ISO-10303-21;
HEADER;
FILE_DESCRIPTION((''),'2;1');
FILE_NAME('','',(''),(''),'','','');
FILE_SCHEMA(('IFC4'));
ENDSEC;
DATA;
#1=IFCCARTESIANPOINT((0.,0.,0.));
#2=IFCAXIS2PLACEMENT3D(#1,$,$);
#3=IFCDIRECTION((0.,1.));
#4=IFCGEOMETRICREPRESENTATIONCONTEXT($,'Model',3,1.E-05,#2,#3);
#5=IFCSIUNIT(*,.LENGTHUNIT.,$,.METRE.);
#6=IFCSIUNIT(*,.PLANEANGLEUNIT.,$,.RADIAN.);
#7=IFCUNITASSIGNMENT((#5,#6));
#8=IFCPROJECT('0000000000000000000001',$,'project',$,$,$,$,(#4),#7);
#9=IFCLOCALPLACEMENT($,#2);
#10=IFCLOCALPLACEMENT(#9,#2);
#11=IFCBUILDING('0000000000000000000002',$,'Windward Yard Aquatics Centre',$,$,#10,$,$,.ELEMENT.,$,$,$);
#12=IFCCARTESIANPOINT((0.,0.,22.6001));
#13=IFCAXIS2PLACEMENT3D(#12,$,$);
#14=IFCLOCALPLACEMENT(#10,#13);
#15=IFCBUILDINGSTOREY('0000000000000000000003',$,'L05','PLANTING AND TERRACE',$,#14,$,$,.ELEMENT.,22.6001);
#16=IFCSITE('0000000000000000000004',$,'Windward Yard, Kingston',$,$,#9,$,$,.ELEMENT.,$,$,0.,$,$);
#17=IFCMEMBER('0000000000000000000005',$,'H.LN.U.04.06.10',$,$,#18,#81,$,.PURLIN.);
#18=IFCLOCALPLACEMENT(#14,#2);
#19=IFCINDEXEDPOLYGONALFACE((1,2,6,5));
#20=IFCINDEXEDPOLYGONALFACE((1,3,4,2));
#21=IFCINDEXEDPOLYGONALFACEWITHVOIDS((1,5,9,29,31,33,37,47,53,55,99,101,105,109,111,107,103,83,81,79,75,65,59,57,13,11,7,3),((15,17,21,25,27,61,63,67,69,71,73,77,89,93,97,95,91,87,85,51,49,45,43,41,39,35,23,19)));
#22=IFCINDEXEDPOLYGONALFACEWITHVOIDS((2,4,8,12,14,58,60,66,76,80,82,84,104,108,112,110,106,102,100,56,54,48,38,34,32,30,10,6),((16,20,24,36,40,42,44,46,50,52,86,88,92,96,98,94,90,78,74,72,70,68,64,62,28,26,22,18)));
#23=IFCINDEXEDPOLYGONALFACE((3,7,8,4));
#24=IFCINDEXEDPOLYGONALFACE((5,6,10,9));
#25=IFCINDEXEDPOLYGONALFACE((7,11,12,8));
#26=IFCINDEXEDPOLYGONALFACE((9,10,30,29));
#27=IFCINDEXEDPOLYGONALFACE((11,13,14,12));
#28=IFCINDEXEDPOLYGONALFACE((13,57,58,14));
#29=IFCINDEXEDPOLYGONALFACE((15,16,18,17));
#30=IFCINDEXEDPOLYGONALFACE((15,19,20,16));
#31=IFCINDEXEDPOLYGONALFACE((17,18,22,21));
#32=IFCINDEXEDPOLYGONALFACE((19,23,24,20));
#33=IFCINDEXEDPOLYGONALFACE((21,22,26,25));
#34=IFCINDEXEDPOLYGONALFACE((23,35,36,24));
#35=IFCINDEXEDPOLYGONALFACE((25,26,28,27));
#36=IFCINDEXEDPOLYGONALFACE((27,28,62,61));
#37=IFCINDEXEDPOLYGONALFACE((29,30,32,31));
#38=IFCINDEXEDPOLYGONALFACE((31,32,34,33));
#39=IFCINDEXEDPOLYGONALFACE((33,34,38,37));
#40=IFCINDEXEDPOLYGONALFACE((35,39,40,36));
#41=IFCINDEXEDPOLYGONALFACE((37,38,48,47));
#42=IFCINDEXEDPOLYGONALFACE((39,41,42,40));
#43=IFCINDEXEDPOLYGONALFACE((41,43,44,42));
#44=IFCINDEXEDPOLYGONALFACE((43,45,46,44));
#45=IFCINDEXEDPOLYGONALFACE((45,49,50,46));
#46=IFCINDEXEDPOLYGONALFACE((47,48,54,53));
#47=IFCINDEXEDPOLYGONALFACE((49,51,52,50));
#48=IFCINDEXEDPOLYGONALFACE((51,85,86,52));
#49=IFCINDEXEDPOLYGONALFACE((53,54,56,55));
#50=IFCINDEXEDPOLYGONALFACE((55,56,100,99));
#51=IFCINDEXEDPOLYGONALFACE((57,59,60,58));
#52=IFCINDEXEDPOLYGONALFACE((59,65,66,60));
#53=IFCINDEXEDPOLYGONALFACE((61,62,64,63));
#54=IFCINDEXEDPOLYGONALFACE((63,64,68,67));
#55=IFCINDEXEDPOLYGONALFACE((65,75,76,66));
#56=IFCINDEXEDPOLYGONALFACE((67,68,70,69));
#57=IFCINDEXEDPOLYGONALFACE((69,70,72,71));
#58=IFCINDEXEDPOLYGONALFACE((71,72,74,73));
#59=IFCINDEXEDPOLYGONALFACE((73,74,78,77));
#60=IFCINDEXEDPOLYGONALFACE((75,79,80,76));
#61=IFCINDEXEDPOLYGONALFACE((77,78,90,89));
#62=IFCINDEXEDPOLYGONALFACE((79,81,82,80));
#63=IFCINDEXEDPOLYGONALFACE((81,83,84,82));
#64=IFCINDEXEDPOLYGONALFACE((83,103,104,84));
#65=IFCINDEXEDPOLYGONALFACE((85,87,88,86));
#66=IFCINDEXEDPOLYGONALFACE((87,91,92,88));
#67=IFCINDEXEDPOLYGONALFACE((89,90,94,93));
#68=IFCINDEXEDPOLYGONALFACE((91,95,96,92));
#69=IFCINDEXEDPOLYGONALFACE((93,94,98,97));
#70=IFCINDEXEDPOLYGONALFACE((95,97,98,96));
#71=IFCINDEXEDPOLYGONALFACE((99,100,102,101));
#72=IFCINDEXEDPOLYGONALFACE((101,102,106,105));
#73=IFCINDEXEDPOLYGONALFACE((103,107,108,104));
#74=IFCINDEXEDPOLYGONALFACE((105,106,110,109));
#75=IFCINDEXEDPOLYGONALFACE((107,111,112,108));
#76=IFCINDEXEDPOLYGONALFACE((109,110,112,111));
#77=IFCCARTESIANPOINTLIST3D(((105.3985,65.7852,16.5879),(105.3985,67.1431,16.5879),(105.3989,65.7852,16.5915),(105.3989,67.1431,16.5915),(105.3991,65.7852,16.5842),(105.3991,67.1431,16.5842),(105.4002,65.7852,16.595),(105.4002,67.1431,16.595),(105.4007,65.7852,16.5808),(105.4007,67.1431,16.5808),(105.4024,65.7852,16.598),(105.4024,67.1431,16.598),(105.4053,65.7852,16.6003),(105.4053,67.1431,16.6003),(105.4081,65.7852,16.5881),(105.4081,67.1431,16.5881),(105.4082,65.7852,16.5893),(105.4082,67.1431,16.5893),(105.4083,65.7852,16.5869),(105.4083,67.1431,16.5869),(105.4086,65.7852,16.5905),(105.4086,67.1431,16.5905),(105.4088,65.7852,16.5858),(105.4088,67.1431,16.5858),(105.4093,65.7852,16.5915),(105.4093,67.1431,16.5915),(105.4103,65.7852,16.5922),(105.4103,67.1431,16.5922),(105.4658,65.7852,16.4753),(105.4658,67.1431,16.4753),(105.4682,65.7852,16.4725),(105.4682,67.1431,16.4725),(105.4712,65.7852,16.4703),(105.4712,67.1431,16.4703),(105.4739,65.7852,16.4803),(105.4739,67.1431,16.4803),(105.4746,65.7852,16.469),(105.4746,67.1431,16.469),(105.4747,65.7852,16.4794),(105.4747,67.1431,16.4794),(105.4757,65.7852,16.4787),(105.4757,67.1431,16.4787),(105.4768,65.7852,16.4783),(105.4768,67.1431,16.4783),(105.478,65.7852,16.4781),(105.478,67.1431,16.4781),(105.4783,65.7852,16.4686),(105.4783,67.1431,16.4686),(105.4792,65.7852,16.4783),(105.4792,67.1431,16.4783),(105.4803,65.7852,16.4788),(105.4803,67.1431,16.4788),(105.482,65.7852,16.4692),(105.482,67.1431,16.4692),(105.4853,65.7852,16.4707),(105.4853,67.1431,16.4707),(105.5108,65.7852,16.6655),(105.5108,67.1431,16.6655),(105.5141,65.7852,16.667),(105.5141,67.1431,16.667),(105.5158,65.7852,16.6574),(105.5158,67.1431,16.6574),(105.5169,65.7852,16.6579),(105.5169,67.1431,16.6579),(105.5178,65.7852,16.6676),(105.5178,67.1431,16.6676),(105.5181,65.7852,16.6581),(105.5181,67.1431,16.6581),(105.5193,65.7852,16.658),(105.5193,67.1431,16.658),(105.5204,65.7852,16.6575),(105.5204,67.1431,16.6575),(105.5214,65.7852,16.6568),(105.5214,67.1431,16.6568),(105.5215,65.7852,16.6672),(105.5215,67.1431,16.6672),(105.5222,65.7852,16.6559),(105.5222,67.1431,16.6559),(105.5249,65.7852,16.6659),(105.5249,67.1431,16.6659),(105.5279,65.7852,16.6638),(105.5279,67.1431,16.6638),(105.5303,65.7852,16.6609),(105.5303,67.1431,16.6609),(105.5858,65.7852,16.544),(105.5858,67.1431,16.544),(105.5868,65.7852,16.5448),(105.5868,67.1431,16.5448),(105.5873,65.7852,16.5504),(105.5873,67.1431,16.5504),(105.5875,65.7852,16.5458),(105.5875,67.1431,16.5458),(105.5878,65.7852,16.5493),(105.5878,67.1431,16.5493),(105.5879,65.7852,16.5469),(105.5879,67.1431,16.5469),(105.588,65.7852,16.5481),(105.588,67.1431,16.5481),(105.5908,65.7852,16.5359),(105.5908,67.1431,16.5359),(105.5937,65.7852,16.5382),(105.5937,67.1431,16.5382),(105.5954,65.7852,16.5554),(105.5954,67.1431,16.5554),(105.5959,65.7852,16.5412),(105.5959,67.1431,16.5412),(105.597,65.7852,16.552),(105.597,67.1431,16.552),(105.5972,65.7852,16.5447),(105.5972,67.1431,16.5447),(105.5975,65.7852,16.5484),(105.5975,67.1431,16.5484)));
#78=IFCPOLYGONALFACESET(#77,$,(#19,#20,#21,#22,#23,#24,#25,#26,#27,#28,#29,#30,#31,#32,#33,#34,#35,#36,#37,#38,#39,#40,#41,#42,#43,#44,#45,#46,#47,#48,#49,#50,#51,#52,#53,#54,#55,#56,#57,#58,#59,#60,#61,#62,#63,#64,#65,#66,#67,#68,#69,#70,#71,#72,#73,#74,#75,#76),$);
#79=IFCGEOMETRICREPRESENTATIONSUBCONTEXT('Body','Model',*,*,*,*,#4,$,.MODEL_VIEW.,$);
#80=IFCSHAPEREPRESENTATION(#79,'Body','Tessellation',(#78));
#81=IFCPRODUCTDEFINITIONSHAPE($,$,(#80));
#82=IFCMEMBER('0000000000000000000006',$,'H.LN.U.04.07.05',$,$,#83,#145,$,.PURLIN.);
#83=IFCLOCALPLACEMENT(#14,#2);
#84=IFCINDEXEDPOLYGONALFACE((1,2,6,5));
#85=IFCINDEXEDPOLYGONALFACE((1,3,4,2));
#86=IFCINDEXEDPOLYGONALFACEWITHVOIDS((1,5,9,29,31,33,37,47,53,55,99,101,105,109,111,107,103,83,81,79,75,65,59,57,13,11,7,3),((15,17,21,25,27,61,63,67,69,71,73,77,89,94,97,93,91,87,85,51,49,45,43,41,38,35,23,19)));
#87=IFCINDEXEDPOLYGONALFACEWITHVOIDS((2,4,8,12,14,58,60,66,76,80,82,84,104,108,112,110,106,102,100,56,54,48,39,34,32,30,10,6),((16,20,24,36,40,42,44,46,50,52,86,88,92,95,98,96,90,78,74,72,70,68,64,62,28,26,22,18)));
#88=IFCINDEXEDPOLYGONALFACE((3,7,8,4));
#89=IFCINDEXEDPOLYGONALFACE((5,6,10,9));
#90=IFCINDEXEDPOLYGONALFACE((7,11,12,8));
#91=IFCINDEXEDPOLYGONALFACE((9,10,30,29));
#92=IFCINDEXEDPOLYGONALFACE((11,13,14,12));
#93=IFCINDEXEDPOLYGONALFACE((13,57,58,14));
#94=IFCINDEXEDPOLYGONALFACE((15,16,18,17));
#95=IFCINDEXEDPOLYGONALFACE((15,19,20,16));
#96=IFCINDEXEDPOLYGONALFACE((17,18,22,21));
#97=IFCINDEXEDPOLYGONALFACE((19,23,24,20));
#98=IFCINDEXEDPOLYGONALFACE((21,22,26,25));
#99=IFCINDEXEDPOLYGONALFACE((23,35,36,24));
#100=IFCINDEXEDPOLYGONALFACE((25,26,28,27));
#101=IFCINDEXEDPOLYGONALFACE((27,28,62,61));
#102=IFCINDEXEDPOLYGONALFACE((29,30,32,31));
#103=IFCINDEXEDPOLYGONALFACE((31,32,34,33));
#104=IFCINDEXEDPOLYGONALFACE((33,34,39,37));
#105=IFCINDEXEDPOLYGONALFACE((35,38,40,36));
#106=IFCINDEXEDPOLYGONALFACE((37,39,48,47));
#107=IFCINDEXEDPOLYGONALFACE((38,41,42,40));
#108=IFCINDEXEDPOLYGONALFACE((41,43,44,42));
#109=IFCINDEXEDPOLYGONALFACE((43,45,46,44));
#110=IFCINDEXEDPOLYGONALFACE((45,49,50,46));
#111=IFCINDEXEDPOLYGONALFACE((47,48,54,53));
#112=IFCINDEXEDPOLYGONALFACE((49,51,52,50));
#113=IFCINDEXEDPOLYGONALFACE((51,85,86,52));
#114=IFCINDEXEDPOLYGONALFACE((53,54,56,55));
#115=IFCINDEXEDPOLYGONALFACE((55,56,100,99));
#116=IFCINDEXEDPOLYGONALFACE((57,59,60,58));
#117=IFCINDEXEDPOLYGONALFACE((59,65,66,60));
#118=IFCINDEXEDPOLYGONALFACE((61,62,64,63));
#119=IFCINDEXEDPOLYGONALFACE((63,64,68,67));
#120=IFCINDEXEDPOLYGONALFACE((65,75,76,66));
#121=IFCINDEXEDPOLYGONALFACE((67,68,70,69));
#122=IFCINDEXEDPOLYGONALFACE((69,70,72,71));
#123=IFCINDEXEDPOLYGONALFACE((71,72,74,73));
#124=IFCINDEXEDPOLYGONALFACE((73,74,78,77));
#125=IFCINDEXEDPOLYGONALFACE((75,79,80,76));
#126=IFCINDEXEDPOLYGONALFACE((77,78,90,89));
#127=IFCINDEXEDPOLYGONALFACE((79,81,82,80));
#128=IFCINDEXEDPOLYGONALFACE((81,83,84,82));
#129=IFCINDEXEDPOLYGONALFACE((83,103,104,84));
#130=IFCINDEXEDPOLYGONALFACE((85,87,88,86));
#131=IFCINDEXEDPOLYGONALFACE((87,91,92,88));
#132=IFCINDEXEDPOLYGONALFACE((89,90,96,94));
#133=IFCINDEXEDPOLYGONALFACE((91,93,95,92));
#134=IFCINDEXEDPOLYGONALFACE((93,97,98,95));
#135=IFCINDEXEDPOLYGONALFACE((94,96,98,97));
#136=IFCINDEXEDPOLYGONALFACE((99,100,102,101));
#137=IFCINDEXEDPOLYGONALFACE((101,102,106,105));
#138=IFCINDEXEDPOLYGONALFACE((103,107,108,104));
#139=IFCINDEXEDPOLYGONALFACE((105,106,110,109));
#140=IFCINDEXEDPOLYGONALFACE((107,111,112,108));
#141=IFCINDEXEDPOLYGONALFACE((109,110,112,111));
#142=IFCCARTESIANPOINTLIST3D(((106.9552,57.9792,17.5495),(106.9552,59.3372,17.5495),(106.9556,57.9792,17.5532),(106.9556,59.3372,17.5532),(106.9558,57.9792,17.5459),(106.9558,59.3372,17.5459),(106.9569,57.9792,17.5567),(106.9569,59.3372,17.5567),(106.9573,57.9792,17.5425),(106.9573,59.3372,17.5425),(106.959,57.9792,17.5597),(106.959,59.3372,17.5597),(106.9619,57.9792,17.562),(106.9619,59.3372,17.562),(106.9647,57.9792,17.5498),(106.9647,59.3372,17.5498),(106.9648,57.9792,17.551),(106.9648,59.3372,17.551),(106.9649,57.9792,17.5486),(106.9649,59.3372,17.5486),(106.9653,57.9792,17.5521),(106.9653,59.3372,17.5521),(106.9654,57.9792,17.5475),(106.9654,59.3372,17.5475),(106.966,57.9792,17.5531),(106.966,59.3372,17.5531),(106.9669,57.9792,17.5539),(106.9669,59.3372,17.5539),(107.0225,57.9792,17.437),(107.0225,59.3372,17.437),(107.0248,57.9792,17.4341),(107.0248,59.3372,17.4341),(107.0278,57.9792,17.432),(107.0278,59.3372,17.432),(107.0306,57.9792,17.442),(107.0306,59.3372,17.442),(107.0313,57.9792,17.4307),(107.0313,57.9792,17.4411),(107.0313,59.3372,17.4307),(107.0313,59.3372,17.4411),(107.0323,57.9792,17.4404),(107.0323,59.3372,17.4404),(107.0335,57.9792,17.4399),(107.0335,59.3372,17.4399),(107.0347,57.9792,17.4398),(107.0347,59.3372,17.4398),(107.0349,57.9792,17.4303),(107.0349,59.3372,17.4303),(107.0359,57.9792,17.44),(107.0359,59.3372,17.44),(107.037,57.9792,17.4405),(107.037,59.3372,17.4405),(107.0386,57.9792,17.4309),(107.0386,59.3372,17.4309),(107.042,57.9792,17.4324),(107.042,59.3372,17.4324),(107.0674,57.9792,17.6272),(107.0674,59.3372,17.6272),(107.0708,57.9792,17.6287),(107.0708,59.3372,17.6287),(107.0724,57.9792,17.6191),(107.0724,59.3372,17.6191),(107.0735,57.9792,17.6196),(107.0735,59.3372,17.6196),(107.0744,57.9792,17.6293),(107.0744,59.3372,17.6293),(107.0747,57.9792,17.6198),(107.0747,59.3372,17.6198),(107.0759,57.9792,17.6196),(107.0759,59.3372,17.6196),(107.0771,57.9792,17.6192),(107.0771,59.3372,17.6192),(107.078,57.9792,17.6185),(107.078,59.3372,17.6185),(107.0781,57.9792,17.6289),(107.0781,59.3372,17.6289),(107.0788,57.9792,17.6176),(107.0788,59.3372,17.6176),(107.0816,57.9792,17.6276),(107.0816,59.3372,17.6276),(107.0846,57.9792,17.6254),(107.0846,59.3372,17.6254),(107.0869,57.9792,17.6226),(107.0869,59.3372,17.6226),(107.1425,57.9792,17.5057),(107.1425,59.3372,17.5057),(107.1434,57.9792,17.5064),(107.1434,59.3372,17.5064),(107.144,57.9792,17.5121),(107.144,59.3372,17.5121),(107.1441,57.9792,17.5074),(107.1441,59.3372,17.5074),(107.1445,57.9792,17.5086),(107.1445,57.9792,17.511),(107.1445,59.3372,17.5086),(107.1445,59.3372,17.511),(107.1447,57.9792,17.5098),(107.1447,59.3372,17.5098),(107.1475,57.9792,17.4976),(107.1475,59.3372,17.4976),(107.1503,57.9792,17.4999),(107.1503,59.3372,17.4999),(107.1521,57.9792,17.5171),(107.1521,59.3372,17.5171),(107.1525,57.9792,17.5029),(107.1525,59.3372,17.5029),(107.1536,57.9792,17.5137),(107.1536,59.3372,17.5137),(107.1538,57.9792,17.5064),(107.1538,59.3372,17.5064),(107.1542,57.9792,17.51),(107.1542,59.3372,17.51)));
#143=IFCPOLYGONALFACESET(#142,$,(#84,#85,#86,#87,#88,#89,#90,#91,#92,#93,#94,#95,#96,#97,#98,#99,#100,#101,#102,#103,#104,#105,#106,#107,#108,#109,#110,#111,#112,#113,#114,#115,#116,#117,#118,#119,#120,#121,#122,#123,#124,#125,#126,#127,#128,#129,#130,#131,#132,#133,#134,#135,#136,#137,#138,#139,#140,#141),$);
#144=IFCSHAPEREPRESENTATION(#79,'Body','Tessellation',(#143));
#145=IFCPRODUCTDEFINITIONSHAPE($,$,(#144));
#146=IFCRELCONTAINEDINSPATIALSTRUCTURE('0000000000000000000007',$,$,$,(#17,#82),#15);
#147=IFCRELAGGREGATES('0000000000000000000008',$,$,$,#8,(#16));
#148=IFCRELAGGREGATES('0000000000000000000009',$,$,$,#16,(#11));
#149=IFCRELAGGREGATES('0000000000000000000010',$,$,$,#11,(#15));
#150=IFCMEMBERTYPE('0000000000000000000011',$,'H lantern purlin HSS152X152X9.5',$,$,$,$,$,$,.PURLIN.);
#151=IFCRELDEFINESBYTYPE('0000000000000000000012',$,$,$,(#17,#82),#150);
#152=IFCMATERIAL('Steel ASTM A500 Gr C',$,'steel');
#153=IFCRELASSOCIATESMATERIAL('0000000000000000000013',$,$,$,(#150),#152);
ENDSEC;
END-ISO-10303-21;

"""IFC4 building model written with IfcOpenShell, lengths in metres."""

from ifc_helpers import new_model, si_unit, direction, frame, origin, origin_2d, place, context, subcontext, project, spatial, hollow_rectangle, extrude, material, material_profile, profile_set, type_object, element, save


model = new_model("IFC4")

# Units and contexts
model_context = context("Model", 3, precision=1e-05, world=origin(), true_north=direction((0.0, 1.0)))
body_context = subcontext(model_context, "Body", "Model", "MODEL_VIEW")
ifc_project = project(units=[si_unit("LENGTHUNIT", "METRE"), si_unit("PLANEANGLEUNIT", "RADIAN")], contexts=[model_context])

# Site, building, storey
site_placement = place(None, origin())
site = spatial("IfcSite", under=ifc_project, at=site_placement, Name="Windward Yard, Kingston", CompositionType="ELEMENT", RefElevation=0.0)
building_placement = place(site_placement, origin())
building = spatial("IfcBuilding", under=site, at=building_placement, Name="Windward Yard Aquatics Centre", CompositionType="ELEMENT")
storey_placement = place(building_placement, frame((0.0, 0.0, 22.6001)))
storey = spatial("IfcBuildingStorey", under=building, at=storey_placement, Name="L05", Description="PLANTING AND TERRACE", CompositionType="ELEMENT", Elevation=22.6001)

# Members
ifc_material_1 = material(Name="Steel ASTM A500 Gr C", Category="steel")
ifc_material_profile = material_profile(ifc_material_1, hollow_rectangle(XDim=0.1523, YDim=0.1523, WallThickness=0.0095, InnerFilletRadius=0.0046, OuterFilletRadius=0.0142, at=origin_2d()), Name="HSS152X152X9.5")
ifc_profile_set = profile_set([ifc_material_profile], Name="Steel ASTM A500 Gr C")
member_type = type_object("IfcMemberType", Name="H lantern purlin HSS152X152X9.5", PredefinedType="PURLIN", material=ifc_profile_set)
for number, where, z_axis, x_axis, name in (
    (1, (105.498, 65.7852, 16.5681), (0.0, 1.0, 0.0), (-0.850755, 0.0, -0.525562), "H.LN.U.04.06.10"),
    (2, (107.0547, 57.9792, 17.5298), (0.0, 1.0, 0.0), (-0.850755, 0.0, -0.525562), "H.LN.U.04.07.05"),
):
    element("IfcMember", number, at=place(storey_placement, frame(where, z_axis=z_axis, x_axis=x_axis)), inside=storey, type_object=member_type, Name=name, PredefinedType="PURLIN", context=body_context, shape_type="SweptSolid", body=[
        extrude(hollow_rectangle(XDim=0.1523, YDim=0.1523, WallThickness=0.0095, InnerFilletRadius=0.0046, OuterFilletRadius=0.0142, at=origin_2d()), origin(), (0.0, 0.0, 1.0), 1.3579),
    ])

save(model, "model.ifc")
